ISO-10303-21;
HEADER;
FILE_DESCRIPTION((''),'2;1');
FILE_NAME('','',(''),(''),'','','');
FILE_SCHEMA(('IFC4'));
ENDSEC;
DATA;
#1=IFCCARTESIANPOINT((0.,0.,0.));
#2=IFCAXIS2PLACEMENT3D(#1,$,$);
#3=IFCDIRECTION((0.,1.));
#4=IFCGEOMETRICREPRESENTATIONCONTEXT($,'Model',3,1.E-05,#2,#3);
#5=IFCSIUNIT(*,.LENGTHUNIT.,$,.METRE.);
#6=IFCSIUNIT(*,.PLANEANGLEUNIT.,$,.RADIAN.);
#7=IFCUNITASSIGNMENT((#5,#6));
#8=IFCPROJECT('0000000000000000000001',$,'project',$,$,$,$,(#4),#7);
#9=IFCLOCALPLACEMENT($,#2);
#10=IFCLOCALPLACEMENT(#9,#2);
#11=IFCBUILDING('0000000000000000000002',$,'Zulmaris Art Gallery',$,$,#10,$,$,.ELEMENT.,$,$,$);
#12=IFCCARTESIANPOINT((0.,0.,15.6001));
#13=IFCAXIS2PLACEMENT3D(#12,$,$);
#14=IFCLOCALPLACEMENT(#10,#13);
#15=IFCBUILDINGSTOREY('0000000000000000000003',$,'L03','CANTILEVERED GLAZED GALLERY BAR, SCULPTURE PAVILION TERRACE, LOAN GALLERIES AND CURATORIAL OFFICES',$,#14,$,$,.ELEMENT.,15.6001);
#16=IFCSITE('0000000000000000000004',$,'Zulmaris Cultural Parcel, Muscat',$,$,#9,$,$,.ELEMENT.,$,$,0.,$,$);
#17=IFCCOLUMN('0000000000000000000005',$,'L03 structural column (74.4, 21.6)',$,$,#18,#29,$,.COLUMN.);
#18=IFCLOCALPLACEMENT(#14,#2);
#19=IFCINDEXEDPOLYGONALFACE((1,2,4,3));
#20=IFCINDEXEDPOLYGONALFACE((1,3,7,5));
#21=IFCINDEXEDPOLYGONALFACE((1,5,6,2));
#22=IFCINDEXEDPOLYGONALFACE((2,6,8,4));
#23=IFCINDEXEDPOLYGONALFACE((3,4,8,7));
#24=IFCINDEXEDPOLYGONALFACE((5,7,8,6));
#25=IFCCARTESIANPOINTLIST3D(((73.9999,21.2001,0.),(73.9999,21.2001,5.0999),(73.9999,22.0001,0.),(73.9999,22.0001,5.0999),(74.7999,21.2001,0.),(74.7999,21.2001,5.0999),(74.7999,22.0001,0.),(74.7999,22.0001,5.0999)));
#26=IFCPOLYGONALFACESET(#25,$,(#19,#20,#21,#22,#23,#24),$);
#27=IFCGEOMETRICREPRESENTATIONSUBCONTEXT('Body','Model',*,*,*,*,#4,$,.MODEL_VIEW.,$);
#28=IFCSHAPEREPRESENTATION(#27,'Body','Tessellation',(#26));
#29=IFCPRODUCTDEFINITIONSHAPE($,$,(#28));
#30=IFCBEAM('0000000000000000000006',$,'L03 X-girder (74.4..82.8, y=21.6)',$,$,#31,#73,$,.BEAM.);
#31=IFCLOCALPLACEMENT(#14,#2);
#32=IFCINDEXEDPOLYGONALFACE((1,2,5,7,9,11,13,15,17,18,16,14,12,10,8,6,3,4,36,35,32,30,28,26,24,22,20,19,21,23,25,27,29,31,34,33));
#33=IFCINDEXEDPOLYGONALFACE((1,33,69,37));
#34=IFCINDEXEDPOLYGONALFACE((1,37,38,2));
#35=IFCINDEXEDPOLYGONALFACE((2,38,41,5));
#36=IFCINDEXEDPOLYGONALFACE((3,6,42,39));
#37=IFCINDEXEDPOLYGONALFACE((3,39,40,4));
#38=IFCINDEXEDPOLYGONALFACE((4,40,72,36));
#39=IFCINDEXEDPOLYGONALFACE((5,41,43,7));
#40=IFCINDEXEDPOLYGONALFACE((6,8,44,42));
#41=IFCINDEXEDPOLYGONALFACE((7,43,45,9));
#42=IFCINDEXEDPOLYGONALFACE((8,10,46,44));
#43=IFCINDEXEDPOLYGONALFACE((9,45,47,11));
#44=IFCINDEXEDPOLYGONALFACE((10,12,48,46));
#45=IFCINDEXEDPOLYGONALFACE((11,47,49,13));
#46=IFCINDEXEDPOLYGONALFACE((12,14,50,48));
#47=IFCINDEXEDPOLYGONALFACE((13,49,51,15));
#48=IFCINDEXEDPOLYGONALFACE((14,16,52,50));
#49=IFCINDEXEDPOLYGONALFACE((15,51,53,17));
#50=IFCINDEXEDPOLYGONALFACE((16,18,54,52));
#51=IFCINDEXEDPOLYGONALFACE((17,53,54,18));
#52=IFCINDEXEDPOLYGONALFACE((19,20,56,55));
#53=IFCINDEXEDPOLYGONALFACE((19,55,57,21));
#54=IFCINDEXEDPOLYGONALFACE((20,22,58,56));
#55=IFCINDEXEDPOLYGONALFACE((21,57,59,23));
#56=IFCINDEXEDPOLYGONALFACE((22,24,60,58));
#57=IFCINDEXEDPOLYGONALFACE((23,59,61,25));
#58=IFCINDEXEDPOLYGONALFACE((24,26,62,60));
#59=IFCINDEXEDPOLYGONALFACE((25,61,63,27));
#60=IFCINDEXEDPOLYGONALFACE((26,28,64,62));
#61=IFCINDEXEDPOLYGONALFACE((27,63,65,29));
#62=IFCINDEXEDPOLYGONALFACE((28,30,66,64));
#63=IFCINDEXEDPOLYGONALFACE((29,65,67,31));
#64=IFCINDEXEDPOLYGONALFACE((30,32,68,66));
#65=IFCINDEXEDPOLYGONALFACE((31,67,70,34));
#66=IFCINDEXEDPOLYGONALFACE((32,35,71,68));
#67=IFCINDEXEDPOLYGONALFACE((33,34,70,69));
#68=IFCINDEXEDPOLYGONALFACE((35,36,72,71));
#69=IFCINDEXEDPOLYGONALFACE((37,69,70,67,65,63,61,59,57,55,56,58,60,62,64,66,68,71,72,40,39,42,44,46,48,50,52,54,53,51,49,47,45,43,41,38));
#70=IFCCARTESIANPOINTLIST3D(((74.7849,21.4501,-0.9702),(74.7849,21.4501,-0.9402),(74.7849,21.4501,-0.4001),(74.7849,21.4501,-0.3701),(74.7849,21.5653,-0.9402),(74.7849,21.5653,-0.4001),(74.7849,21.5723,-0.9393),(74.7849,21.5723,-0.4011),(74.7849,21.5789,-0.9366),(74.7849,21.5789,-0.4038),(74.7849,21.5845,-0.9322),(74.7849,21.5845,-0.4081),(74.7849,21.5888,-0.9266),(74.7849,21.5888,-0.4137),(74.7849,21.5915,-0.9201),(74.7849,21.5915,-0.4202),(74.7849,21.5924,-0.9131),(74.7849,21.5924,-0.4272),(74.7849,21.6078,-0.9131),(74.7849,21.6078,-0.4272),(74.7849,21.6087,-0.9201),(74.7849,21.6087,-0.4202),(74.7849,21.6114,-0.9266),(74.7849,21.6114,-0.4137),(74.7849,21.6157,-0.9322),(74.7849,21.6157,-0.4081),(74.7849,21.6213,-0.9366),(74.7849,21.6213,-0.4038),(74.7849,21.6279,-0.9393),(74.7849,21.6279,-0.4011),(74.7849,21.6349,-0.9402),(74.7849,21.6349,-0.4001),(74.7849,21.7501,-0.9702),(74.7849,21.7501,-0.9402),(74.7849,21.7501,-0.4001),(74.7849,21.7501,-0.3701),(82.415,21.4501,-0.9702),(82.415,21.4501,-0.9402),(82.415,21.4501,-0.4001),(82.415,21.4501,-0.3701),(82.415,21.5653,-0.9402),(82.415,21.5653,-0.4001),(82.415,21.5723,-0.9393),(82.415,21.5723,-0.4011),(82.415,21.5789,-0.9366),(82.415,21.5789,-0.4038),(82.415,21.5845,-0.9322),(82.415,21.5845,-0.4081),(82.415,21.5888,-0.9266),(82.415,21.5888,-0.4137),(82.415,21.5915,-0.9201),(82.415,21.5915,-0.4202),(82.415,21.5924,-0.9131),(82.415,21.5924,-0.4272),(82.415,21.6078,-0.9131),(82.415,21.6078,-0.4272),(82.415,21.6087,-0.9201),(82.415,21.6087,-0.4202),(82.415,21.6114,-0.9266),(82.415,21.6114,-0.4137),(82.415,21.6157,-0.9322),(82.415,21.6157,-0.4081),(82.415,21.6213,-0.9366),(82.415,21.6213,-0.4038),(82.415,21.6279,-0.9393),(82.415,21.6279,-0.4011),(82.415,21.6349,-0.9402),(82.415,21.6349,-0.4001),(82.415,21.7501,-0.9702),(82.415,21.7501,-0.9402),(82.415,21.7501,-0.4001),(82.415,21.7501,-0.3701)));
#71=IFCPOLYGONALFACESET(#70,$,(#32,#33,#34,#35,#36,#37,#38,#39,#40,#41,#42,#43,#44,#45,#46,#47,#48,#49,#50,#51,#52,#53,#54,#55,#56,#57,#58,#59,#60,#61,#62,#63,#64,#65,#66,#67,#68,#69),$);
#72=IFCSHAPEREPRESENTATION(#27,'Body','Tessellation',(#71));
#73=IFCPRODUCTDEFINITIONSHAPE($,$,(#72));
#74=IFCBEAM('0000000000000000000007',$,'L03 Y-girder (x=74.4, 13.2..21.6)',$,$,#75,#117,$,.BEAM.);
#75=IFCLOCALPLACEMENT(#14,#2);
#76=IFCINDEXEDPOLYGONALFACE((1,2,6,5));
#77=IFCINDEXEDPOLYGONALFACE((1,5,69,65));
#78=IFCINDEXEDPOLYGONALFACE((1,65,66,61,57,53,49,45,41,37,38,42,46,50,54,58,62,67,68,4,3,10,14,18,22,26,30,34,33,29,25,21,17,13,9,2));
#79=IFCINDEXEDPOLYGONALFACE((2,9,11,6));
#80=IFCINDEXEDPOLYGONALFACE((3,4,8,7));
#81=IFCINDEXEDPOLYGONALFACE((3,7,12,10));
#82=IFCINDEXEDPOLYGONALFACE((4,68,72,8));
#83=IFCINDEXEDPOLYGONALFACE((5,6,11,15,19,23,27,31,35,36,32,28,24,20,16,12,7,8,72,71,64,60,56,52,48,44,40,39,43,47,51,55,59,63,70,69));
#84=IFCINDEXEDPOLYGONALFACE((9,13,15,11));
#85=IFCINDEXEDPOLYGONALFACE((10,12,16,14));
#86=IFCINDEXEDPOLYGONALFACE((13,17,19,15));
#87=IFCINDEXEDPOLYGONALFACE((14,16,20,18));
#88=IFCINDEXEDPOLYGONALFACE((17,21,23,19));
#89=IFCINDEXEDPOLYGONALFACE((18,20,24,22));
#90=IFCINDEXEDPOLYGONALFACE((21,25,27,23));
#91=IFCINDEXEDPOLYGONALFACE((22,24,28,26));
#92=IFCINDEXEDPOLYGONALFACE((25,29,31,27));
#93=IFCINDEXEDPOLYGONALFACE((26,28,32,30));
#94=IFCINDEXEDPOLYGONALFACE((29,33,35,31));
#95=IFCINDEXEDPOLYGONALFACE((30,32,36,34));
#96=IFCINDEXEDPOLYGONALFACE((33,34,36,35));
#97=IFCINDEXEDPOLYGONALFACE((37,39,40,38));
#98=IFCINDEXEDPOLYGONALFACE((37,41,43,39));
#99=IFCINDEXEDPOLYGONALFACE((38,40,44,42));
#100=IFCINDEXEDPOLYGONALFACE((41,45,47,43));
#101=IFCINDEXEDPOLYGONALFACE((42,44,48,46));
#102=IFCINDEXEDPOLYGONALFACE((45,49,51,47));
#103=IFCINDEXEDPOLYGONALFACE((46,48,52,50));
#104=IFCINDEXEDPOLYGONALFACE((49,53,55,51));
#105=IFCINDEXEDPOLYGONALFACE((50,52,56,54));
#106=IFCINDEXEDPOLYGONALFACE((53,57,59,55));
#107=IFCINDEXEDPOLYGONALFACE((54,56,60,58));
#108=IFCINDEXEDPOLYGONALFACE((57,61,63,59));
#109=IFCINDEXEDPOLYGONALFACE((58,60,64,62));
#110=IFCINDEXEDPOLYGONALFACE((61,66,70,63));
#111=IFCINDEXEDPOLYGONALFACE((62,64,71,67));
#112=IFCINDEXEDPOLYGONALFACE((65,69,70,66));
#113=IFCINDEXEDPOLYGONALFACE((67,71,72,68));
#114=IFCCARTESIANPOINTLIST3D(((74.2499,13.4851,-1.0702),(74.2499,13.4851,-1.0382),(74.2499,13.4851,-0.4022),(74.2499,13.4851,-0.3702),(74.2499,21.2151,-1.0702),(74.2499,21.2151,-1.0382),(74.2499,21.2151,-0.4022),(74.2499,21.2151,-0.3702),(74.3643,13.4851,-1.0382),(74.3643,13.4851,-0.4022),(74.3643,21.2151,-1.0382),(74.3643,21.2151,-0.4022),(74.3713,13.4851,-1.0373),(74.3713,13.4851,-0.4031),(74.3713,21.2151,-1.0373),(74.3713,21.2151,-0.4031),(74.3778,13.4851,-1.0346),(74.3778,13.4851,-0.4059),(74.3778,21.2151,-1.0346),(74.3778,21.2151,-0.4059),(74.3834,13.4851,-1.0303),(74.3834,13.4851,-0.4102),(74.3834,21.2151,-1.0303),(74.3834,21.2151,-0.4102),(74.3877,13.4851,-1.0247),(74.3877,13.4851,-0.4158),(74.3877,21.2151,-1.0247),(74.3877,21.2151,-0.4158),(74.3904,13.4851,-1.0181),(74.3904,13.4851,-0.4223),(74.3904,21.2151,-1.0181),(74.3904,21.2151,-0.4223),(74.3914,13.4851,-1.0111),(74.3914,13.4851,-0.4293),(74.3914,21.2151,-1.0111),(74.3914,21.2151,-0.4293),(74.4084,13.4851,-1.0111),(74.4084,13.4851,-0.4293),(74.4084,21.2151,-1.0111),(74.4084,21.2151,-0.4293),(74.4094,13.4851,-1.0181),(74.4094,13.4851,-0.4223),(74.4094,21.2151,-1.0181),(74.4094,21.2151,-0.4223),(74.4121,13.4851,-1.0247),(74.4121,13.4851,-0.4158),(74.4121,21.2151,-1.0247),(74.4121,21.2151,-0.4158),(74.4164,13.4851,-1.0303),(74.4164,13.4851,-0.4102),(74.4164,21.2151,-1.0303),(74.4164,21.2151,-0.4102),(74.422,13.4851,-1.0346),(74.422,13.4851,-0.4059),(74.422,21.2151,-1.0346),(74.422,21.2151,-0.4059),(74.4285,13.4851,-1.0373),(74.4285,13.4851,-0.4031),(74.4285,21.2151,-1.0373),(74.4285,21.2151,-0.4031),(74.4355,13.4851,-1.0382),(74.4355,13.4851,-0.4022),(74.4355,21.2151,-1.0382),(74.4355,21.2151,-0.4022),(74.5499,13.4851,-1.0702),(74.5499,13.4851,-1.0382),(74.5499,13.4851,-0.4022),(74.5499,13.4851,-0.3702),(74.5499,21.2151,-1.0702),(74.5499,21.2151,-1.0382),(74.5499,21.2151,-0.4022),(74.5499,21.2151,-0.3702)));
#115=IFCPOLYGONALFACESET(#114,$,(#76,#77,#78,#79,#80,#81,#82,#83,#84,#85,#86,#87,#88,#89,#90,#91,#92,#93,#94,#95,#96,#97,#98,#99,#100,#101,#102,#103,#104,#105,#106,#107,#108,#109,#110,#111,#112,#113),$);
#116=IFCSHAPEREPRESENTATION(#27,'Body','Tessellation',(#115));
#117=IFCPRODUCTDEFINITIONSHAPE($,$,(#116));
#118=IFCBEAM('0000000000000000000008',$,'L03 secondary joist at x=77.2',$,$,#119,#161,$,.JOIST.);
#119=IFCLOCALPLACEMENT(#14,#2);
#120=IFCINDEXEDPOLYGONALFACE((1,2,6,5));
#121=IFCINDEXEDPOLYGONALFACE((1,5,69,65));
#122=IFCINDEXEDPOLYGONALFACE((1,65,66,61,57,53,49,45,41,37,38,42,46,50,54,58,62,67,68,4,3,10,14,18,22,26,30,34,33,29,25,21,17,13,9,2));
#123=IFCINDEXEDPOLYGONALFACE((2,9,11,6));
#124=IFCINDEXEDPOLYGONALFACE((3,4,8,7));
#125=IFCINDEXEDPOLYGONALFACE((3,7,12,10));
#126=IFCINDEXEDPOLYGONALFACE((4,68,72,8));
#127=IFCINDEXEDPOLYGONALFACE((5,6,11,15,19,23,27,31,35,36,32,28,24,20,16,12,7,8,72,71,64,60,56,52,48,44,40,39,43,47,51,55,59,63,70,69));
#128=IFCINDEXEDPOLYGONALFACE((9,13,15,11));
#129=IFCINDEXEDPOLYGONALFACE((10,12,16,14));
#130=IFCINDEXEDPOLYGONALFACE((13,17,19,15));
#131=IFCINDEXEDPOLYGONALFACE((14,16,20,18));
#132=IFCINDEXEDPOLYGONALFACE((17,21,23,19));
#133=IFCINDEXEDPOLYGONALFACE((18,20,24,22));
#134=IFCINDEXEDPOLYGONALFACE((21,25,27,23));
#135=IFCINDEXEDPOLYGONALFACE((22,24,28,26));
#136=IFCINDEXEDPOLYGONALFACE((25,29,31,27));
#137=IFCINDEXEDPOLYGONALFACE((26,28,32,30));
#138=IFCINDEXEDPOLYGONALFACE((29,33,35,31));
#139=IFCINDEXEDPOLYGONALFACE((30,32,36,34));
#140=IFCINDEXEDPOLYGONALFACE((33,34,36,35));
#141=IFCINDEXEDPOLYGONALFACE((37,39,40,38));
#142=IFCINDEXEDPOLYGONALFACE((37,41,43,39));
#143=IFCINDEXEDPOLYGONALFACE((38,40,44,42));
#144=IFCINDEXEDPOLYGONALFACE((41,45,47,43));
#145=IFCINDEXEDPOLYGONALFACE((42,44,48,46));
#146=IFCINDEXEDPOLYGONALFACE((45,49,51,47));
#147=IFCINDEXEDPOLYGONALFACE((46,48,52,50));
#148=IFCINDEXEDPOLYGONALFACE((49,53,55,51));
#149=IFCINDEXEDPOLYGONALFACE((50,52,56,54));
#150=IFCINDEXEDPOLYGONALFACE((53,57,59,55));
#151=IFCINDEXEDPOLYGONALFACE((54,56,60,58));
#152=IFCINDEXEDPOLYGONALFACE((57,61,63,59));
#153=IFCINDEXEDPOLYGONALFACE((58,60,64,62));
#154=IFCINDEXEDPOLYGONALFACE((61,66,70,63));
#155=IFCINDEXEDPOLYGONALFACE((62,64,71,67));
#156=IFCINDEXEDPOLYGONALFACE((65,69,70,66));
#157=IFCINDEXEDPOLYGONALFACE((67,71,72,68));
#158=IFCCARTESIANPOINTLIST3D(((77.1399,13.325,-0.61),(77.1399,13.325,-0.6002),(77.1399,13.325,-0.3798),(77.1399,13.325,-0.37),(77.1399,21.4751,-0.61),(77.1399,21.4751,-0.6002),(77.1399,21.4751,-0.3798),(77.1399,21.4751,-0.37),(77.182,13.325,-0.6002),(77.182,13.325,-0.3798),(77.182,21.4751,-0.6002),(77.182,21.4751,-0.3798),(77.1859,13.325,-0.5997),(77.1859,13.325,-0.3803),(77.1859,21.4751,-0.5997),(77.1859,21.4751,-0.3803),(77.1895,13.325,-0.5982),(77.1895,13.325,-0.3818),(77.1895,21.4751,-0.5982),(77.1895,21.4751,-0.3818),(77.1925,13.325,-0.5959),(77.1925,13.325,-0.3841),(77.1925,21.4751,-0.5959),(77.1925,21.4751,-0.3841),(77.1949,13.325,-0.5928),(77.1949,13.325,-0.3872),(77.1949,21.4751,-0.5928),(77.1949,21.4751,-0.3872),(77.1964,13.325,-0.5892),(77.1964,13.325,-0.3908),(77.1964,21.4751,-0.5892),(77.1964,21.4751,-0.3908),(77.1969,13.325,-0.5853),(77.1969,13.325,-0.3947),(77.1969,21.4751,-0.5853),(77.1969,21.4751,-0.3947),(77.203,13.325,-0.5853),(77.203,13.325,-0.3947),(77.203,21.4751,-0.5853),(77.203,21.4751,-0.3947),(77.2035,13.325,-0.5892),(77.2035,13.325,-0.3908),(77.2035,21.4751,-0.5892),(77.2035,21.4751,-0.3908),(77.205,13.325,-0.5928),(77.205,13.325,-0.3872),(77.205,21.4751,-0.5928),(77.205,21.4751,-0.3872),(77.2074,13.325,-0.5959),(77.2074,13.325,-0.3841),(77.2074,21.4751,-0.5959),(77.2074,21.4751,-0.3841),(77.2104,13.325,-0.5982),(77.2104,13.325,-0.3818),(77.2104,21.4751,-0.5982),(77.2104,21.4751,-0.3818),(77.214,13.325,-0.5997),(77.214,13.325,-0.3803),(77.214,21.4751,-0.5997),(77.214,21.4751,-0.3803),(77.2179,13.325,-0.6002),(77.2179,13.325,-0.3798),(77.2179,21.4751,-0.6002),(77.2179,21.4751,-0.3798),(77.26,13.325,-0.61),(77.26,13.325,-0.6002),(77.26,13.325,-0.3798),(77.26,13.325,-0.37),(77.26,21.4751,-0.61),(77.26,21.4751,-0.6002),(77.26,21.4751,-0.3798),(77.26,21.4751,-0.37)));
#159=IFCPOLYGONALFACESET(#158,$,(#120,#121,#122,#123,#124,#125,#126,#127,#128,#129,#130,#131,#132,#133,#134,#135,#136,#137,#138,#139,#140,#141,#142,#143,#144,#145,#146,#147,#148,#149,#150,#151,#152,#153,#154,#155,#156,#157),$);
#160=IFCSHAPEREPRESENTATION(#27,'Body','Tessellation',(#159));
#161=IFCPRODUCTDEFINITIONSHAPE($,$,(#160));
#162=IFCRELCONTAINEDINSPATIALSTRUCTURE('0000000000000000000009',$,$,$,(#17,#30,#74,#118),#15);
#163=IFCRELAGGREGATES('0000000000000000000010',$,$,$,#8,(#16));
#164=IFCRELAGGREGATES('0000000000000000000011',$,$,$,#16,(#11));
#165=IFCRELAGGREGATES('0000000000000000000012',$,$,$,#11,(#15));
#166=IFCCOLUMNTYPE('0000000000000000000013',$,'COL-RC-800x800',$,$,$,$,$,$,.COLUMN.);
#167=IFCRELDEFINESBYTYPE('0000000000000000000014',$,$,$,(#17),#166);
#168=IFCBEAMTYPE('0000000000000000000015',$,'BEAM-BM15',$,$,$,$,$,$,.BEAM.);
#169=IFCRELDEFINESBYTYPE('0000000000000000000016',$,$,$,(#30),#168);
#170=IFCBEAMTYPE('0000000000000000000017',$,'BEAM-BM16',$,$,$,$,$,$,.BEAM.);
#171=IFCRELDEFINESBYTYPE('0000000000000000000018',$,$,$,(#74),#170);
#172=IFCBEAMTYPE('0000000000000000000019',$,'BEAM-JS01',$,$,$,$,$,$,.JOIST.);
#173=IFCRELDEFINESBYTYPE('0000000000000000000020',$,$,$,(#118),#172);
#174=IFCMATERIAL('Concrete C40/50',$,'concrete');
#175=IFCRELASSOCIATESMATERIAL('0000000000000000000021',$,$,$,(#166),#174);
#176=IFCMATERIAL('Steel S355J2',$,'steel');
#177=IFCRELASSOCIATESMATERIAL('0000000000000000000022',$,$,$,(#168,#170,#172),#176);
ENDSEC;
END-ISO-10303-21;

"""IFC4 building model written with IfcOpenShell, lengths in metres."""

from ifc_helpers import new_model, si_unit, direction, frame, origin, origin_2d, place, context, subcontext, project, spatial, rectangle, i_section, extrude, material, material_profile, profile_set, type_object, element, save


model = new_model("IFC4")

# Units and contexts
model_context = context("Model", 3, precision=1e-05, world=origin(), true_north=direction((0.0, 1.0)))
body_context = subcontext(model_context, "Body", "Model", "MODEL_VIEW")
ifc_project = project(units=[si_unit("LENGTHUNIT", "METRE"), si_unit("PLANEANGLEUNIT", "RADIAN")], contexts=[model_context])

# Site, building, storey
site_placement = place(None, origin())
site = spatial("IfcSite", under=ifc_project, at=site_placement, Name="Zulmaris Cultural Parcel, Muscat", CompositionType="ELEMENT", RefElevation=0.0)
building_placement = place(site_placement, origin())
building = spatial("IfcBuilding", under=site, at=building_placement, Name="Zulmaris Art Gallery", CompositionType="ELEMENT")
storey_placement = place(building_placement, frame((0.0, 0.0, 15.6001)))
storey = spatial("IfcBuildingStorey", under=building, at=storey_placement, Name="L03", Description="CANTILEVERED GLAZED GALLERY BAR, SCULPTURE PAVILION TERRACE, LOAN GALLERIES AND CURATORIAL OFFICES", CompositionType="ELEMENT", Elevation=15.6001)

# Column
ifc_material_1 = material(Name="Concrete C40/50", Category="concrete")
ifc_material_profile_1 = material_profile(ifc_material_1, rectangle(XDim=0.8, YDim=0.8, at=origin_2d()), Name="RC 800x800")
ifc_profile_set_1 = profile_set([ifc_material_profile_1], Name="Concrete C40/50")
column_type = type_object("IfcColumnType", Name="COL-RC-800x800", PredefinedType="COLUMN", material=ifc_profile_set_1)
column_placement = place(storey_placement, frame((74.3999, 21.6001, 0.0), z_axis=(0.0, 0.0, 1.0), x_axis=(1.0, 0.0, 0.0)))
element("IfcColumn", 1, at=column_placement, inside=storey, type_object=column_type, Name="L03 structural column (74.4, 21.6)", PredefinedType="COLUMN", context=body_context, shape_type="SweptSolid", body=[
    extrude(rectangle(XDim=0.8, YDim=0.8, at=origin_2d()), origin(), (0.0, 0.0, 1.0), 5.0999),
])

# Beams
ifc_material_2 = material(Name="Steel S355J2", Category="steel")
ifc_material_profile_2 = material_profile(ifc_material_2, i_section(OverallWidth=0.3, OverallDepth=0.6001, WebThickness=0.0154, FlangeThickness=0.03, FilletRadius=0.0271, at=origin_2d()), Name="HEB 600")
ifc_profile_set_2 = profile_set([ifc_material_profile_2], Name="Steel S355J2")
beam_type_1 = type_object("IfcBeamType", Name="BEAM-BM15", PredefinedType="BEAM", material=ifc_profile_set_2)
beam_1_placement = place(storey_placement, frame((74.7849, 21.6001, -0.6702), z_axis=(1.0, 0.0, 0.0), x_axis=(0.0, 1.0, 0.0)))
element("IfcBeam", 2, at=beam_1_placement, inside=storey, type_object=beam_type_1, Name="L03 X-girder (74.4..82.8, y=21.6)", PredefinedType="BEAM", context=body_context, shape_type="SweptSolid", body=[
    extrude(i_section(OverallWidth=0.3, OverallDepth=0.6001, WebThickness=0.0154, FlangeThickness=0.03, FilletRadius=0.0271, at=origin_2d()), origin(), (0.0, 0.0, 1.0), 7.6301),
])
ifc_material_profile_3 = material_profile(ifc_material_2, i_section(OverallWidth=0.3, OverallDepth=0.7, WebThickness=0.0171, FlangeThickness=0.032, FilletRadius=0.0271, at=origin_2d()), Name="HEB 700")
ifc_profile_set_3 = profile_set([ifc_material_profile_3], Name="Steel S355J2")
beam_type_2 = type_object("IfcBeamType", Name="BEAM-BM16", PredefinedType="BEAM", material=ifc_profile_set_3)
beam_2_placement = place(storey_placement, frame((74.3999, 13.4851, -0.7202), z_axis=(0.0, 1.0, 0.0), x_axis=(-1.0, 0.0, 0.0)))
element("IfcBeam", 3, at=beam_2_placement, inside=storey, type_object=beam_type_2, Name="L03 Y-girder (x=74.4, 13.2..21.6)", PredefinedType="BEAM", context=body_context, shape_type="SweptSolid", body=[
    extrude(i_section(OverallWidth=0.3, OverallDepth=0.7, WebThickness=0.0171, FlangeThickness=0.032, FilletRadius=0.0271, at=origin_2d()), origin(), (0.0, 0.0, 1.0), 7.73),
])
ifc_material_profile_4 = material_profile(ifc_material_2, i_section(OverallWidth=0.1201, OverallDepth=0.24, WebThickness=0.0061, FlangeThickness=0.0098, FilletRadius=0.0149, at=origin_2d()), Name="IPE 240")
ifc_profile_set_4 = profile_set([ifc_material_profile_4], Name="Steel S355J2")
beam_type_3 = type_object("IfcBeamType", Name="BEAM-JS01", PredefinedType="JOIST", material=ifc_profile_set_4)
beam_3_placement = place(storey_placement, frame((77.2, 13.325, -0.49), z_axis=(0.0, 1.0, 0.0), x_axis=(-1.0, 0.0, 0.0)))
element("IfcBeam", 4, at=beam_3_placement, inside=storey, type_object=beam_type_3, Name="L03 secondary joist at x=77.2", PredefinedType="JOIST", context=body_context, shape_type="SweptSolid", body=[
    extrude(i_section(OverallWidth=0.1201, OverallDepth=0.24, WebThickness=0.0061, FlangeThickness=0.0098, FilletRadius=0.0149, at=origin_2d()), origin(), (0.0, 0.0, 1.0), 8.1501),
])

save(model, "model.ifc")
